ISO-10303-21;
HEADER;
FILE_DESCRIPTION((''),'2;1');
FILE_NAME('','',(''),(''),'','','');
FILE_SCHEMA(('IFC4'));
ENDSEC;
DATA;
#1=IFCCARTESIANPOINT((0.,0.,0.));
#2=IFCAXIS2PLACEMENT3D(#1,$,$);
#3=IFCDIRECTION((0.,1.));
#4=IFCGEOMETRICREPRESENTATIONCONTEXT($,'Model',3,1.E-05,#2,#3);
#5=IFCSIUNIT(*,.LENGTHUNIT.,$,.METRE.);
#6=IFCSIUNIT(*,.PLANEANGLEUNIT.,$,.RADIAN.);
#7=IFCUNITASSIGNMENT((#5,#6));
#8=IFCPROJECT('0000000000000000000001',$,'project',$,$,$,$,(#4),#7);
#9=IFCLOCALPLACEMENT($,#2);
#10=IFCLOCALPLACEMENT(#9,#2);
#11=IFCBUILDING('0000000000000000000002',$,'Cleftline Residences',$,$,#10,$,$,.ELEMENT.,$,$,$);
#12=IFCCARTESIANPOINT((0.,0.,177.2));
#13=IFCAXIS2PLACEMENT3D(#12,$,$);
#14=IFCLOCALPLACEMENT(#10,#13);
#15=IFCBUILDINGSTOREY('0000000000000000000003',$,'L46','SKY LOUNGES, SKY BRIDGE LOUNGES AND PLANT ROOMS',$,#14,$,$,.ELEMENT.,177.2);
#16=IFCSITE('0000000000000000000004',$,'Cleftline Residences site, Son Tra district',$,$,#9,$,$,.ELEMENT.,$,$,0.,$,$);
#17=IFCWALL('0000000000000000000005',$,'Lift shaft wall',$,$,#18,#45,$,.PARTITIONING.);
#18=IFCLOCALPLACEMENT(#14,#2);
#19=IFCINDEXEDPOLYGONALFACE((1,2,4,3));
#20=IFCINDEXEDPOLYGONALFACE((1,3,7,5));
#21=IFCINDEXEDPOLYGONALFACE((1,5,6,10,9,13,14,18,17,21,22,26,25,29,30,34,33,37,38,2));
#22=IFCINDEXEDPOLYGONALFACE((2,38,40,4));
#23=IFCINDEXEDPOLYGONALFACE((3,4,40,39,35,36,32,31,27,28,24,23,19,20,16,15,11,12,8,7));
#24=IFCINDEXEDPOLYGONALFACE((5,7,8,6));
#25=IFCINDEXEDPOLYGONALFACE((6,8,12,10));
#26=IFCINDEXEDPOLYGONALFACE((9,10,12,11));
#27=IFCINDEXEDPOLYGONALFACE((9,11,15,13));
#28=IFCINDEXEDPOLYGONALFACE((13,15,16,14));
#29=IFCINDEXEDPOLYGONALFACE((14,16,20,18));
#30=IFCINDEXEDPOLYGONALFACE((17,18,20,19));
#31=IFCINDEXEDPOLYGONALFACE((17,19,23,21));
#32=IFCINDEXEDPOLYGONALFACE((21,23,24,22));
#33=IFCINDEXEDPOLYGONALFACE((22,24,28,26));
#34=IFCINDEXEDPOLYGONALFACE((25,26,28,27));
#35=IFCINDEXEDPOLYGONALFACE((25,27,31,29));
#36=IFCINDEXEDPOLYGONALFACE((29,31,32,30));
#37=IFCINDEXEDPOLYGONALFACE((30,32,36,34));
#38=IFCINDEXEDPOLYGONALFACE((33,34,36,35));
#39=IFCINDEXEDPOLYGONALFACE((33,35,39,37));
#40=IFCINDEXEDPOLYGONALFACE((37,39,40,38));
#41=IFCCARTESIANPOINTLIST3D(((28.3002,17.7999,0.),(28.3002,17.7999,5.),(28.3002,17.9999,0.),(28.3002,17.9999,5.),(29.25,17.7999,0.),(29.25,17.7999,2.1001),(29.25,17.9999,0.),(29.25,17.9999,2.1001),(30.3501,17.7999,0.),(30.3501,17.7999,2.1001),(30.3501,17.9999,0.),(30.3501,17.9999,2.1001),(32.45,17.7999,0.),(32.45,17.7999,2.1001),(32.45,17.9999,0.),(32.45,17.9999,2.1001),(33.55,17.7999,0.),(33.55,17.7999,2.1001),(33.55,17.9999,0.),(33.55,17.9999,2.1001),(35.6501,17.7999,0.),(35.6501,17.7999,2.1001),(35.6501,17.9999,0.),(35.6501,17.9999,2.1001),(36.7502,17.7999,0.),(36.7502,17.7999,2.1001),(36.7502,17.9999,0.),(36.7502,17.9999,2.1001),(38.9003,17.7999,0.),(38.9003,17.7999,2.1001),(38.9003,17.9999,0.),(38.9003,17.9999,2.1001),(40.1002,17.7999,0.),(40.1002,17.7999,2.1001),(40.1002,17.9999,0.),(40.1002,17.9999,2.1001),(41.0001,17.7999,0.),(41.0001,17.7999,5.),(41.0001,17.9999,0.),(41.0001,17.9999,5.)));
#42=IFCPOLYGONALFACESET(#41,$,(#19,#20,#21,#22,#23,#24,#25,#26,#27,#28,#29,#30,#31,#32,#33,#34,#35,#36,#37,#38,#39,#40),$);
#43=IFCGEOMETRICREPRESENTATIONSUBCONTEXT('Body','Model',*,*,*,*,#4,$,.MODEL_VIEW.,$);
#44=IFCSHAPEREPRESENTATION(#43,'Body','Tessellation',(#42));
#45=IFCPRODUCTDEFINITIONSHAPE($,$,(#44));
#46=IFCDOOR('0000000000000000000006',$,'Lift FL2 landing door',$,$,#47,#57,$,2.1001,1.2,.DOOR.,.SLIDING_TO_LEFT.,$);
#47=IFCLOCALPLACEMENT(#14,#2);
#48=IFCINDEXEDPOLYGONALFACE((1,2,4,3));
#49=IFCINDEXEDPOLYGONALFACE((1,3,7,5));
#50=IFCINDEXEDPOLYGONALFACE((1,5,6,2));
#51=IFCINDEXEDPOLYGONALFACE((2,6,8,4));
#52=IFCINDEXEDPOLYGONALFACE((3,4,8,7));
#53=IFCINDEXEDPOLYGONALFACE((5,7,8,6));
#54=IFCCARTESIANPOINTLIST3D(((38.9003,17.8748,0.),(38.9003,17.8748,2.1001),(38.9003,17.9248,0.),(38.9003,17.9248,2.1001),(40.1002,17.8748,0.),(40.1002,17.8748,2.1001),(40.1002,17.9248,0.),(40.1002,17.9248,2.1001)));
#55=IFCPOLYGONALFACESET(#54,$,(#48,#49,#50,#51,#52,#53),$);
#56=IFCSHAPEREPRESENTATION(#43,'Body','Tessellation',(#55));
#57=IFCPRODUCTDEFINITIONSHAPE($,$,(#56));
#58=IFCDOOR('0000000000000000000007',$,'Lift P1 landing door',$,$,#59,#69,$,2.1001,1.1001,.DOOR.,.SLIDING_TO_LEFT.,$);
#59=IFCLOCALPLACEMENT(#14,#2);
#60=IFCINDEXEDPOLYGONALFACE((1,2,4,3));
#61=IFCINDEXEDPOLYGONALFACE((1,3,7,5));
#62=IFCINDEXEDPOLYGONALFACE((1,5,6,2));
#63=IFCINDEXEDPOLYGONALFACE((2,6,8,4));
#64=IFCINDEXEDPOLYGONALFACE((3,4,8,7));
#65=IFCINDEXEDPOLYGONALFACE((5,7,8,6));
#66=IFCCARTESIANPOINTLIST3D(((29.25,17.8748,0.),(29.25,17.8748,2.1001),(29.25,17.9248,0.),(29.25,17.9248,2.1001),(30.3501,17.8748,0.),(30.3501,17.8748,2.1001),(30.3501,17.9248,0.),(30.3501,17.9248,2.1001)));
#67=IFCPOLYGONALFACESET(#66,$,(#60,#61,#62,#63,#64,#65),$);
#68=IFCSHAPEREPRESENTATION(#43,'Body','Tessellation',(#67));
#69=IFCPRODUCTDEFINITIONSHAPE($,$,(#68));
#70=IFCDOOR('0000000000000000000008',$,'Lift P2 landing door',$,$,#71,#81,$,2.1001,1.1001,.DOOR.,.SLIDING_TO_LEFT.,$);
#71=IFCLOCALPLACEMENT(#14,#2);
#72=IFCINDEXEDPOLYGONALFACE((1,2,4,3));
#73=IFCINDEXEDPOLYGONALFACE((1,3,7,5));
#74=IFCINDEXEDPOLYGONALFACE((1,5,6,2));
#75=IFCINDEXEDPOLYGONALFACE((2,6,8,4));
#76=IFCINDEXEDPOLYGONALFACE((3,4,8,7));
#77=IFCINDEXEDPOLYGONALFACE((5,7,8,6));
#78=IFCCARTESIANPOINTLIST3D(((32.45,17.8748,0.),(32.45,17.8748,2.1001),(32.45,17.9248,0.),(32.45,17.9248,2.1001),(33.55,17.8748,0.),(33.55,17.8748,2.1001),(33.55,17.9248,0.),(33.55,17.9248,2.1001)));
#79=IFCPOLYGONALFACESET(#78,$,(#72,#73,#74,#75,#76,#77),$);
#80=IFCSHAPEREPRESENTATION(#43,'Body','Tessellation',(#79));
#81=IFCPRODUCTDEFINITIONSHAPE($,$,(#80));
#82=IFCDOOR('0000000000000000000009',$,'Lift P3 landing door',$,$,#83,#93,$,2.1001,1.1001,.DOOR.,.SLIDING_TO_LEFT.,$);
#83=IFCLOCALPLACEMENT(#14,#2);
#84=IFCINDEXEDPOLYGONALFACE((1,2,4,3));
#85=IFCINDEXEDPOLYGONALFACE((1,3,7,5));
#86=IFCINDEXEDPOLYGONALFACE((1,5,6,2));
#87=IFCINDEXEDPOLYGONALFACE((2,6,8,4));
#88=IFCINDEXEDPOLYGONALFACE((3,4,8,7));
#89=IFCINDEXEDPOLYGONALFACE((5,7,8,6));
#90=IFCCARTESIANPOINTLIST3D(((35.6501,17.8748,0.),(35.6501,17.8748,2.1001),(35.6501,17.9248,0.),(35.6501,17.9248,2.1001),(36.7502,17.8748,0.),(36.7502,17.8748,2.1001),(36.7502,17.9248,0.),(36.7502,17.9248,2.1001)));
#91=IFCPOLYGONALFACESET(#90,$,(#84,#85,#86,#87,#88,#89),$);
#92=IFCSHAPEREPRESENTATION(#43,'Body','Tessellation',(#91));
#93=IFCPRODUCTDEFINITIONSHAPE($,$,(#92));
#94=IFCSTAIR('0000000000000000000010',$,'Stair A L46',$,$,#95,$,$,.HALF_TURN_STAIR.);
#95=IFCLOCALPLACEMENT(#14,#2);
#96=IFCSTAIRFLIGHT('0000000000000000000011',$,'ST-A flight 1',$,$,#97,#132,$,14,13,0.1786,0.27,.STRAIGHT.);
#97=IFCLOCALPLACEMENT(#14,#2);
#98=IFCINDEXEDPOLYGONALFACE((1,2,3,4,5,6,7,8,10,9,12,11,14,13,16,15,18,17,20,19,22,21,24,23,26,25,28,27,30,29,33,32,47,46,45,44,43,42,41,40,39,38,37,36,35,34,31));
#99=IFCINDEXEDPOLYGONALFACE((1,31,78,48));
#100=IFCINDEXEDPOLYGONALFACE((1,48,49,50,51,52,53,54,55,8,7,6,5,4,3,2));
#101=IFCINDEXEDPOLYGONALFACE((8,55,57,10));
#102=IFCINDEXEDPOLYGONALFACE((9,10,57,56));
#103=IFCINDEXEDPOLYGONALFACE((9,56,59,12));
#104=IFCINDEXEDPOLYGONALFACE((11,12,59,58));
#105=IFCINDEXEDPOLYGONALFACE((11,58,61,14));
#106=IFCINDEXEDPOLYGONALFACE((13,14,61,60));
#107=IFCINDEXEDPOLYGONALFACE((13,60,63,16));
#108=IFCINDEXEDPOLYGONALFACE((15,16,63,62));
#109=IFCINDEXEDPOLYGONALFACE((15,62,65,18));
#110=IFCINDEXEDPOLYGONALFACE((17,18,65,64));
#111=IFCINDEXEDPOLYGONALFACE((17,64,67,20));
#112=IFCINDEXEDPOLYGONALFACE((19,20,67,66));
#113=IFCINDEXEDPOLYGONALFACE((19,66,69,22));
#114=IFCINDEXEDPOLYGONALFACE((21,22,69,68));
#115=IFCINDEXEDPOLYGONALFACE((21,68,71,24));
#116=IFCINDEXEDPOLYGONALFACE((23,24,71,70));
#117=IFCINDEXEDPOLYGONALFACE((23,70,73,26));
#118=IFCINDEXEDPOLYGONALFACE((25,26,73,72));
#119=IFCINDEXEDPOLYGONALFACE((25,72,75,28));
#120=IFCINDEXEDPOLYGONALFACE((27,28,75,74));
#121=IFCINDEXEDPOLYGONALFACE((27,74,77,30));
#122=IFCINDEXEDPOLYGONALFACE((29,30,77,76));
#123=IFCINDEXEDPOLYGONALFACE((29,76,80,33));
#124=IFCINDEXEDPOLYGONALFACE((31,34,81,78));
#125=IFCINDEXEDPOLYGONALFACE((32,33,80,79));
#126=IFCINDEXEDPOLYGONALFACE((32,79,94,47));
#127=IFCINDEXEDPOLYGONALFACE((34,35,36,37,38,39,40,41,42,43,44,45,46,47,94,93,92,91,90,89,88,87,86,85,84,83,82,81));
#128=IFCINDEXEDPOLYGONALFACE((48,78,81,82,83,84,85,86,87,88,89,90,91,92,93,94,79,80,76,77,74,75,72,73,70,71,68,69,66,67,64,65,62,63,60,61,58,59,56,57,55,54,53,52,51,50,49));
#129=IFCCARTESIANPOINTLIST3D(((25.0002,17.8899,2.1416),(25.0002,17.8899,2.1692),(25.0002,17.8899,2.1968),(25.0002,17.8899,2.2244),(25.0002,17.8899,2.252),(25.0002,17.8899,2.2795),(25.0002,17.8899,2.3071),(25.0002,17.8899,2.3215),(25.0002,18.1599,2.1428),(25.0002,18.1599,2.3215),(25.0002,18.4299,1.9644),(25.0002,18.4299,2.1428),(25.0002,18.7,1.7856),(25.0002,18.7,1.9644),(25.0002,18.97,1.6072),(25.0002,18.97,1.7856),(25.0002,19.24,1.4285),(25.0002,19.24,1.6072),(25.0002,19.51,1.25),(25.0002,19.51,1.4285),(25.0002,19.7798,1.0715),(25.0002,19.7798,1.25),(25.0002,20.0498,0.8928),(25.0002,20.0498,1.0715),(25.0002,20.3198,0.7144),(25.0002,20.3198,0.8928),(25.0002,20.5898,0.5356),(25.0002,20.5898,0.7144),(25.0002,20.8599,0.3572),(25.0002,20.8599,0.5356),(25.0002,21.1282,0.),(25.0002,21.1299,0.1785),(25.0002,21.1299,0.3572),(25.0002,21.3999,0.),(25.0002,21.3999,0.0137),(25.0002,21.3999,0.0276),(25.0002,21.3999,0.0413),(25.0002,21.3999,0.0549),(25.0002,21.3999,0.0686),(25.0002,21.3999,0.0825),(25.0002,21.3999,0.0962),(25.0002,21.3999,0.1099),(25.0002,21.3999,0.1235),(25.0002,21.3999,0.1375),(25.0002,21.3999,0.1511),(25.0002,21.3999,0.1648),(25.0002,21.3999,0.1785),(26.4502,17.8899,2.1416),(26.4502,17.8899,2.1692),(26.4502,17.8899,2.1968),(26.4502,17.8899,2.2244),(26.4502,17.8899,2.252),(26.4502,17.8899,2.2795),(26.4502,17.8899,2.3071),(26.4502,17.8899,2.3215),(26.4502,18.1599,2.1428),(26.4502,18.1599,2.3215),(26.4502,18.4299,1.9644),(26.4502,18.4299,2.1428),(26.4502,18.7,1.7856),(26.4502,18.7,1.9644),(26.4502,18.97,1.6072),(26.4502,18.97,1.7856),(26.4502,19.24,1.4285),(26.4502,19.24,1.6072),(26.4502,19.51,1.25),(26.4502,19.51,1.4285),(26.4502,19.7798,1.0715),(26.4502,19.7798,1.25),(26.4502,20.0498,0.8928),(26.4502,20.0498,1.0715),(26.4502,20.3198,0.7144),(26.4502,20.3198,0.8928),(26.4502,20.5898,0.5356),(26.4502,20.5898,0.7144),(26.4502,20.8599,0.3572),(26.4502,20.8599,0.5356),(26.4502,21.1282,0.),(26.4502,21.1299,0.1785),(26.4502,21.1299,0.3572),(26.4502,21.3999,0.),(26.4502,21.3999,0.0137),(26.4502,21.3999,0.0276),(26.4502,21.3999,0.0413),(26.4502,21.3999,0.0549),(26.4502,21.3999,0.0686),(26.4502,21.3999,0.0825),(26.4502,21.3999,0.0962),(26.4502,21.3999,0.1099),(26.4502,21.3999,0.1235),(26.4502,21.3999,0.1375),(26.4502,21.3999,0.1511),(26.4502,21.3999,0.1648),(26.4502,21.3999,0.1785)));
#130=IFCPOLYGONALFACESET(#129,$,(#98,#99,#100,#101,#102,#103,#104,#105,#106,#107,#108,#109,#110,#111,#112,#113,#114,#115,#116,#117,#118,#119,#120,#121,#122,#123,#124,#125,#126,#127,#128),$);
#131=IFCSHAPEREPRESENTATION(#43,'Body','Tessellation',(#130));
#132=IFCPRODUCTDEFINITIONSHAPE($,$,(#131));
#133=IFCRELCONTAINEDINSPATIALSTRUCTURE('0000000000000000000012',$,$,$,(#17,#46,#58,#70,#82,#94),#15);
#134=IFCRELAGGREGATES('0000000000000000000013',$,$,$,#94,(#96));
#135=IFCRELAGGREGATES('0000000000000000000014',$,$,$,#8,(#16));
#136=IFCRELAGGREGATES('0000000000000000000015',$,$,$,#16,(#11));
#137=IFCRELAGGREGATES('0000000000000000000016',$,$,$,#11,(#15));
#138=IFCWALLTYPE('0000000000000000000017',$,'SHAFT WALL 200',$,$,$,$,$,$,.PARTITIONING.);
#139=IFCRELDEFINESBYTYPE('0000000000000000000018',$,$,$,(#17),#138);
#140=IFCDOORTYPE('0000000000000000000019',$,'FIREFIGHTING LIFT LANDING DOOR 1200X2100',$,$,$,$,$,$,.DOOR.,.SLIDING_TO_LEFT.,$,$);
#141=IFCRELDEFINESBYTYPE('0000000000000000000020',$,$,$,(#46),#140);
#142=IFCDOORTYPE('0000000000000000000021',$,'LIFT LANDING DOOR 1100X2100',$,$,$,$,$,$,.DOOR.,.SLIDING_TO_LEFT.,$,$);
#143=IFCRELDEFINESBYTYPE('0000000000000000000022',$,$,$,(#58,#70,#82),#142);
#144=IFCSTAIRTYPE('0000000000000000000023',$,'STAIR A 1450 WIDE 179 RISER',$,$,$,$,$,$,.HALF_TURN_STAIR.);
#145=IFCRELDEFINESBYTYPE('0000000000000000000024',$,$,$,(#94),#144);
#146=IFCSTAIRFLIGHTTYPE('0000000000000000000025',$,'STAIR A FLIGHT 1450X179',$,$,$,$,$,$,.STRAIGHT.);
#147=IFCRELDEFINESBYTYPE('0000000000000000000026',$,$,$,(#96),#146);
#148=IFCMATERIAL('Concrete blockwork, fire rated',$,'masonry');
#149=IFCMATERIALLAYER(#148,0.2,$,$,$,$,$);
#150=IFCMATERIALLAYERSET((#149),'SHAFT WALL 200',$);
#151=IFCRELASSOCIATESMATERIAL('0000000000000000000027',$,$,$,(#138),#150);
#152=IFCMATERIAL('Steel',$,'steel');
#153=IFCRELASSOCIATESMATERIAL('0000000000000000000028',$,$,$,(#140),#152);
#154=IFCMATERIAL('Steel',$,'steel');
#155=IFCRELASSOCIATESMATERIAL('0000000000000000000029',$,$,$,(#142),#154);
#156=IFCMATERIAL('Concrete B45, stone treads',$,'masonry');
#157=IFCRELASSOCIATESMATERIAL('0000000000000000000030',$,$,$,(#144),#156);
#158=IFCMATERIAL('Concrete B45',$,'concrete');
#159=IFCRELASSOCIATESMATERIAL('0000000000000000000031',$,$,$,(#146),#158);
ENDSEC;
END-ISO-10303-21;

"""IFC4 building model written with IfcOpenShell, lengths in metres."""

from ifc_helpers import new_model, si_unit, direction, frame, frame_2d, origin, place, context, subcontext, project, spatial, polyline, rectangle, outline, extrude, material, layer, layer_set, type_object, element, fill, aggregate, save


model = new_model("IFC4")

# Units and contexts
model_context = context("Model", 3, precision=1e-05, world=origin(), true_north=direction((0.0, 1.0)))
body_context = subcontext(model_context, "Body", "Model", "MODEL_VIEW")
ifc_project = project(units=[si_unit("LENGTHUNIT", "METRE"), si_unit("PLANEANGLEUNIT", "RADIAN")], contexts=[model_context])

# Site, building, storey
site_placement = place(None, origin())
site = spatial("IfcSite", under=ifc_project, at=site_placement, Name="Cleftline Residences site, Son Tra district", CompositionType="ELEMENT", RefElevation=0.0)
building_placement = place(site_placement, origin())
building = spatial("IfcBuilding", under=site, at=building_placement, Name="Cleftline Residences", CompositionType="ELEMENT")
storey_placement = place(building_placement, frame((0.0, 0.0, 177.2)))
storey = spatial("IfcBuildingStorey", under=building, at=storey_placement, Name="L46", Description="SKY LOUNGES, SKY BRIDGE LOUNGES AND PLANT ROOMS", CompositionType="ELEMENT", Elevation=177.2)

# Wall, openings, doors
ifc_material_1 = material(Name="Concrete blockwork, fire rated", Category="masonry")
ifc_layer_1 = layer(ifc_material_1, 0.2)
ifc_layer_set_1 = layer_set([ifc_layer_1], Name="SHAFT WALL 200")
wall_type_1 = type_object("IfcWallType", Name="SHAFT WALL 200", PredefinedType="PARTITIONING", material=ifc_layer_set_1)
wall_1_placement = place(storey_placement, frame((28.3, 17.8999, 0.0), z_axis=(0.0, 0.0, 1.0), x_axis=(1.0, 0.0, 0.0)))
wall_1 = element("IfcWall", 1, at=wall_1_placement, inside=storey, type_object=wall_type_1, Name="Lift shaft wall", PredefinedType="PARTITIONING", context=body_context, shape_type="SweptSolid", body=[
    extrude(rectangle(XDim=12.7, YDim=0.2, at=frame_2d((6.3501, 0.0))), origin(), (0.0, 0.0, 1.0), 5.0),
])
opening_1_placement = place(wall_1_placement, frame((0.95, 0.0, 0.0)))
opening_1 = element("IfcOpeningElement", 2, at=opening_1_placement, cuts=wall_1, PredefinedType="OPENING", context=body_context, shape_type="SweptSolid", body=[
    extrude(rectangle(XDim=1.1001, YDim=2.1001, at=frame_2d((0.55, 1.05))), frame((0.0, 0.1099, 0.0), z_axis=(0.0, -1.0, 0.0), x_axis=(1.0, 0.0, 0.0)), (0.0, 0.0, 1.0), 0.22),
])
opening_2_placement = place(wall_1_placement, frame((4.1499, 0.0, 0.0)))
opening_2 = element("IfcOpeningElement", 3, at=opening_2_placement, cuts=wall_1, PredefinedType="OPENING", context=body_context, shape_type="SweptSolid", body=[
    extrude(rectangle(XDim=1.1001, YDim=2.1001, at=frame_2d((0.55, 1.05))), frame((0.0, 0.1099, 0.0), z_axis=(0.0, -1.0, 0.0), x_axis=(1.0, 0.0, 0.0)), (0.0, 0.0, 1.0), 0.22),
])
opening_3_placement = place(wall_1_placement, frame((7.3501, 0.0, 0.0)))
opening_3 = element("IfcOpeningElement", 4, at=opening_3_placement, cuts=wall_1, PredefinedType="OPENING", context=body_context, shape_type="SweptSolid", body=[
    extrude(rectangle(XDim=1.1001, YDim=2.1001, at=frame_2d((0.55, 1.05))), frame((0.0, 0.1099, 0.0), z_axis=(0.0, -1.0, 0.0), x_axis=(1.0, 0.0, 0.0)), (0.0, 0.0, 1.0), 0.22),
])
opening_4_placement = place(wall_1_placement, frame((10.6001, 0.0, 0.0)))
opening_4 = element("IfcOpeningElement", 5, at=opening_4_placement, cuts=wall_1, PredefinedType="OPENING", context=body_context, shape_type="SweptSolid", body=[
    extrude(rectangle(XDim=1.2, YDim=2.1001, at=frame_2d((0.6001, 1.05))), frame((0.0, 0.1099, 0.0), z_axis=(0.0, -1.0, 0.0), x_axis=(1.0, 0.0, 0.0)), (0.0, 0.0, 1.0), 0.22),
])
ifc_material_2 = material(Name="Steel", Category="steel")
door_type_1 = type_object("IfcDoorType", Name="FIREFIGHTING LIFT LANDING DOOR 1200X2100", OperationType="SLIDING_TO_LEFT", PredefinedType="DOOR", material=ifc_material_2)
door_1_placement = place(opening_4_placement, origin())
door_1 = element("IfcDoor", 6, at=door_1_placement, inside=storey, type_object=door_type_1, Name="Lift FL2 landing door", OperationType="SLIDING_TO_LEFT", OverallHeight=2.1001, OverallWidth=1.2, PredefinedType="DOOR", context=body_context, shape_type="SweptSolid", body=[
    extrude(rectangle(XDim=1.2, YDim=2.1001, at=frame_2d((0.6001, 1.05))), frame((0.0, 0.0249, 0.0), z_axis=(0.0, -1.0, 0.0), x_axis=(1.0, 0.0, 0.0)), (0.0, 0.0, 1.0), 0.05),
])
fill(opening_4, door_1)
ifc_material_3 = material(Name="Steel", Category="steel")
door_type_2 = type_object("IfcDoorType", Name="LIFT LANDING DOOR 1100X2100", OperationType="SLIDING_TO_LEFT", PredefinedType="DOOR", material=ifc_material_3)
door_2_placement = place(opening_1_placement, origin())
door_2 = element("IfcDoor", 7, at=door_2_placement, inside=storey, type_object=door_type_2, Name="Lift P1 landing door", OperationType="SLIDING_TO_LEFT", OverallHeight=2.1001, OverallWidth=1.1001, PredefinedType="DOOR", context=body_context, shape_type="SweptSolid", body=[
    extrude(rectangle(XDim=1.1001, YDim=2.1001, at=frame_2d((0.55, 1.05))), frame((0.0, 0.0249, 0.0), z_axis=(0.0, -1.0, 0.0), x_axis=(1.0, 0.0, 0.0)), (0.0, 0.0, 1.0), 0.05),
])
fill(opening_1, door_2)
door_3_placement = place(opening_2_placement, origin())
door_3 = element("IfcDoor", 8, at=door_3_placement, inside=storey, type_object=door_type_2, Name="Lift P2 landing door", OperationType="SLIDING_TO_LEFT", OverallHeight=2.1001, OverallWidth=1.1001, PredefinedType="DOOR", context=body_context, shape_type="SweptSolid", body=[
    extrude(rectangle(XDim=1.1001, YDim=2.1001, at=frame_2d((0.55, 1.05))), frame((0.0, 0.0249, 0.0), z_axis=(0.0, -1.0, 0.0), x_axis=(1.0, 0.0, 0.0)), (0.0, 0.0, 1.0), 0.05),
])
fill(opening_2, door_3)
door_4_placement = place(opening_3_placement, origin())
door_4 = element("IfcDoor", 9, at=door_4_placement, inside=storey, type_object=door_type_2, Name="Lift P3 landing door", OperationType="SLIDING_TO_LEFT", OverallHeight=2.1001, OverallWidth=1.1001, PredefinedType="DOOR", context=body_context, shape_type="SweptSolid", body=[
    extrude(rectangle(XDim=1.1001, YDim=2.1001, at=frame_2d((0.55, 1.05))), frame((0.0, 0.0249, 0.0), z_axis=(0.0, -1.0, 0.0), x_axis=(1.0, 0.0, 0.0)), (0.0, 0.0, 1.0), 0.05),
])
fill(opening_3, door_4)

# Stair, stair flight
ifc_material_4 = material(Name="Concrete B45, stone treads", Category="masonry")
stair_type = type_object("IfcStairType", Name="STAIR A 1450 WIDE 179 RISER", PredefinedType="HALF_TURN_STAIR", material=ifc_material_4)
stair_placement = place(storey_placement, origin())
stair = element("IfcStair", 10, at=stair_placement, inside=storey, type_object=stair_type, Name="Stair A L46", PredefinedType="HALF_TURN_STAIR")
ifc_material_5 = material(Name="Concrete B45", Category="concrete")
stair_flight_type = type_object("IfcStairFlightType", Name="STAIR A FLIGHT 1450X179", PredefinedType="STRAIGHT", material=ifc_material_5)
stair_flight_1_placement = place(storey_placement, frame((25.7251, 21.3999, 0.0), z_axis=(0.0, 0.0, 1.0), x_axis=(0.0, -1.0, 0.0)))
stair_flight_1 = element("IfcStairFlight", 11, at=stair_flight_1_placement, type_object=stair_flight_type, Name="ST-A flight 1", NumberOfRisers=14, NumberOfTreads=13, PredefinedType="STRAIGHT", RiserHeight=0.1786, TreadLength=0.27, context=body_context, shape_type="SweptSolid", body=[
    extrude(outline(polyline([(0.0, 0.0), (0.0, 0.0137), (0.0, 0.0276), (0.0, 0.0413), (0.0, 0.0549), (0.0, 0.0686), (0.0, 0.0825), (0.0, 0.0962), (0.0, 0.1099), (0.0, 0.1235), (0.0, 0.1375), (0.0, 0.1511), (0.0, 0.1648), (0.0, 0.1785), (0.27, 0.1785), (0.27, 0.3572), (0.54, 0.3572), (0.54, 0.5356), (0.8101, 0.5356), (0.8101, 0.7144), (1.0801, 0.7144), (1.0801, 0.8928), (1.3501, 0.8928), (1.3501, 1.0715), (1.6201, 1.0715), (1.6201, 1.25), (1.8899, 1.25), (1.8899, 1.4285), (2.1599, 1.4285), (2.1599, 1.6072), (2.4299, 1.6072), (2.4299, 1.7856), (2.7, 1.7856), (2.7, 1.9644), (2.97, 1.9644), (2.97, 2.1428), (3.24, 2.1428), (3.24, 2.3215), (3.51, 2.3215), (3.51, 2.5), (3.51, 2.4724), (3.51, 2.4448), (3.51, 2.4172), (3.51, 2.3896), (3.51, 2.3623), (3.51, 2.3347), (3.51, 2.3071), (3.51, 2.2795), (3.51, 2.252), (3.51, 2.2244), (3.51, 2.1968), (3.51, 2.1692), (3.51, 2.1416), (0.2717, 0.0), (0.0, 0.0)])), frame((0.0, 0.7251, 0.0), z_axis=(0.0, -1.0, 0.0), x_axis=(1.0, 0.0, 0.0)), (0.0, 0.0, 1.0), 1.45),
])
aggregate(stair, [stair_flight_1])

save(model, "model.ifc")
